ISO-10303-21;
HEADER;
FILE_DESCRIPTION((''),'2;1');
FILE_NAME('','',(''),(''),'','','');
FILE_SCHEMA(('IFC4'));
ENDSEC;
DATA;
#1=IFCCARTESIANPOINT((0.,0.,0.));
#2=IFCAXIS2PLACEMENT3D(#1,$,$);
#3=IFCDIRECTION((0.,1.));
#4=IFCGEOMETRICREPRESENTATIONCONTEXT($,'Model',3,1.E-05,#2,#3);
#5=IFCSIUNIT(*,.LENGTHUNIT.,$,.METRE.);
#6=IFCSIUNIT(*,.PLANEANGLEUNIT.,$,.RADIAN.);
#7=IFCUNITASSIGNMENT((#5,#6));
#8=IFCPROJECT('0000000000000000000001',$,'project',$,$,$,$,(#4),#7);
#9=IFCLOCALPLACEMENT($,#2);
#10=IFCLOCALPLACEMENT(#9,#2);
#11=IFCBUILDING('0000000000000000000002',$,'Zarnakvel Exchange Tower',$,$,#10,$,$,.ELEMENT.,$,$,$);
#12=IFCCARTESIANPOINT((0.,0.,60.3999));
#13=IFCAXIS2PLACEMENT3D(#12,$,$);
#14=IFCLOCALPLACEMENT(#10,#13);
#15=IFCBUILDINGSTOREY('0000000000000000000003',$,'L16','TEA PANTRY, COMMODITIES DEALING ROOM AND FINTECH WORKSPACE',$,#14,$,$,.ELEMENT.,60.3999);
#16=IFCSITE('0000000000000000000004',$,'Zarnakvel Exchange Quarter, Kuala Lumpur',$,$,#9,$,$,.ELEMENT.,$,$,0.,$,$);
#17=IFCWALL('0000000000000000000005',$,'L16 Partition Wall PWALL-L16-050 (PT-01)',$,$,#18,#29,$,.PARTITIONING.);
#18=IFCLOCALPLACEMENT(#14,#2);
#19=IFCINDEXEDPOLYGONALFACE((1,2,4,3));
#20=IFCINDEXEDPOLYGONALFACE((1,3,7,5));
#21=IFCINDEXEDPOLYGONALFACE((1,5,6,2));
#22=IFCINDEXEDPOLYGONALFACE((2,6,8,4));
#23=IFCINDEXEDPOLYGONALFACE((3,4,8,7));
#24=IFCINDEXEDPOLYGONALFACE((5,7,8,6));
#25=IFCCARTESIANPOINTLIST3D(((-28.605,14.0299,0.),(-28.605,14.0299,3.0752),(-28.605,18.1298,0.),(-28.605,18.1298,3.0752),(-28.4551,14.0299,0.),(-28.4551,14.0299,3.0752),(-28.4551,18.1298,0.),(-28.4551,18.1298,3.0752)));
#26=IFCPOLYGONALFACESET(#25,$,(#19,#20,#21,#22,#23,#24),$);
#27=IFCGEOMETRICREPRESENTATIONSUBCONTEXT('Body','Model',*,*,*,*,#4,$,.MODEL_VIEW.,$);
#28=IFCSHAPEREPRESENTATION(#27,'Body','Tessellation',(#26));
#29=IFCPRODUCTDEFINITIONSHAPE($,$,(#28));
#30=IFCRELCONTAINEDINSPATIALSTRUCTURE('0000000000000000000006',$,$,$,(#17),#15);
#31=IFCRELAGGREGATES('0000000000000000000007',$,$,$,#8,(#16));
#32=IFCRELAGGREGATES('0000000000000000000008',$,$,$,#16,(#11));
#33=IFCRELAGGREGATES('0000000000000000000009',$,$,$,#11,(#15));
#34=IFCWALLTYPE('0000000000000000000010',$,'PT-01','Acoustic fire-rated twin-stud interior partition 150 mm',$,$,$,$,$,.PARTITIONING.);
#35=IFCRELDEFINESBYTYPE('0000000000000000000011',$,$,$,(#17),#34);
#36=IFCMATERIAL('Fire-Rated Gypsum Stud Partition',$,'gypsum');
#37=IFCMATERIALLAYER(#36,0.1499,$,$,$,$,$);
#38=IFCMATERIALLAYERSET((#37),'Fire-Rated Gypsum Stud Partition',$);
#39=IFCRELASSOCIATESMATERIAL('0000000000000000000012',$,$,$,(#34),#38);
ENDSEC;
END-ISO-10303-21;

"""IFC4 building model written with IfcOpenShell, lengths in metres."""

from ifc_helpers import new_model, si_unit, direction, frame, frame_2d, origin, place, context, subcontext, project, spatial, rectangle, extrude, material, layer, layer_set, type_object, element, save


model = new_model("IFC4")

# Units and contexts
model_context = context("Model", 3, precision=1e-05, world=origin(), true_north=direction((0.0, 1.0)))
body_context = subcontext(model_context, "Body", "Model", "MODEL_VIEW")
ifc_project = project(units=[si_unit("LENGTHUNIT", "METRE"), si_unit("PLANEANGLEUNIT", "RADIAN")], contexts=[model_context])

# Site, building, storey
site_placement = place(None, origin())
site = spatial("IfcSite", under=ifc_project, at=site_placement, Name="Zarnakvel Exchange Quarter, Kuala Lumpur", CompositionType="ELEMENT", RefElevation=0.0)
building_placement = place(site_placement, origin())
building = spatial("IfcBuilding", under=site, at=building_placement, Name="Zarnakvel Exchange Tower", CompositionType="ELEMENT")
storey_placement = place(building_placement, frame((0.0, 0.0, 60.3999)))
storey = spatial("IfcBuildingStorey", under=building, at=storey_placement, Name="L16", Description="TEA PANTRY, COMMODITIES DEALING ROOM AND FINTECH WORKSPACE", CompositionType="ELEMENT", Elevation=60.3999)

# Shared definitions
ifc_material_1 = material(Name="Fire-Rated Gypsum Stud Partition", Category="gypsum")
ifc_layer_1 = layer(ifc_material_1, 0.1499)
ifc_layer_set_1 = layer_set([ifc_layer_1], Name="Fire-Rated Gypsum Stud Partition")
wall_type_1 = type_object("IfcWallType", Name="PT-01", Description="Acoustic fire-rated twin-stud interior partition 150 mm", PredefinedType="PARTITIONING", material=ifc_layer_set_1)

# Wall
wall_1_placement = place(storey_placement, frame((-28.53, 14.03, 0.0), z_axis=(0.0, 0.0, 1.0), x_axis=(0.0, 1.0, 0.0)))
element("IfcWall", 1, at=wall_1_placement, inside=storey, type_object=wall_type_1, Name="L16 Partition Wall PWALL-L16-050 (PT-01)", PredefinedType="PARTITIONING", context=body_context, shape_type="SweptSolid", body=[
    extrude(rectangle(XDim=4.0999, YDim=0.1499, at=frame_2d((2.0498, 0.0))), origin(), (0.0, 0.0, 1.0), 3.0752),
])

save(model, "model.ifc")
